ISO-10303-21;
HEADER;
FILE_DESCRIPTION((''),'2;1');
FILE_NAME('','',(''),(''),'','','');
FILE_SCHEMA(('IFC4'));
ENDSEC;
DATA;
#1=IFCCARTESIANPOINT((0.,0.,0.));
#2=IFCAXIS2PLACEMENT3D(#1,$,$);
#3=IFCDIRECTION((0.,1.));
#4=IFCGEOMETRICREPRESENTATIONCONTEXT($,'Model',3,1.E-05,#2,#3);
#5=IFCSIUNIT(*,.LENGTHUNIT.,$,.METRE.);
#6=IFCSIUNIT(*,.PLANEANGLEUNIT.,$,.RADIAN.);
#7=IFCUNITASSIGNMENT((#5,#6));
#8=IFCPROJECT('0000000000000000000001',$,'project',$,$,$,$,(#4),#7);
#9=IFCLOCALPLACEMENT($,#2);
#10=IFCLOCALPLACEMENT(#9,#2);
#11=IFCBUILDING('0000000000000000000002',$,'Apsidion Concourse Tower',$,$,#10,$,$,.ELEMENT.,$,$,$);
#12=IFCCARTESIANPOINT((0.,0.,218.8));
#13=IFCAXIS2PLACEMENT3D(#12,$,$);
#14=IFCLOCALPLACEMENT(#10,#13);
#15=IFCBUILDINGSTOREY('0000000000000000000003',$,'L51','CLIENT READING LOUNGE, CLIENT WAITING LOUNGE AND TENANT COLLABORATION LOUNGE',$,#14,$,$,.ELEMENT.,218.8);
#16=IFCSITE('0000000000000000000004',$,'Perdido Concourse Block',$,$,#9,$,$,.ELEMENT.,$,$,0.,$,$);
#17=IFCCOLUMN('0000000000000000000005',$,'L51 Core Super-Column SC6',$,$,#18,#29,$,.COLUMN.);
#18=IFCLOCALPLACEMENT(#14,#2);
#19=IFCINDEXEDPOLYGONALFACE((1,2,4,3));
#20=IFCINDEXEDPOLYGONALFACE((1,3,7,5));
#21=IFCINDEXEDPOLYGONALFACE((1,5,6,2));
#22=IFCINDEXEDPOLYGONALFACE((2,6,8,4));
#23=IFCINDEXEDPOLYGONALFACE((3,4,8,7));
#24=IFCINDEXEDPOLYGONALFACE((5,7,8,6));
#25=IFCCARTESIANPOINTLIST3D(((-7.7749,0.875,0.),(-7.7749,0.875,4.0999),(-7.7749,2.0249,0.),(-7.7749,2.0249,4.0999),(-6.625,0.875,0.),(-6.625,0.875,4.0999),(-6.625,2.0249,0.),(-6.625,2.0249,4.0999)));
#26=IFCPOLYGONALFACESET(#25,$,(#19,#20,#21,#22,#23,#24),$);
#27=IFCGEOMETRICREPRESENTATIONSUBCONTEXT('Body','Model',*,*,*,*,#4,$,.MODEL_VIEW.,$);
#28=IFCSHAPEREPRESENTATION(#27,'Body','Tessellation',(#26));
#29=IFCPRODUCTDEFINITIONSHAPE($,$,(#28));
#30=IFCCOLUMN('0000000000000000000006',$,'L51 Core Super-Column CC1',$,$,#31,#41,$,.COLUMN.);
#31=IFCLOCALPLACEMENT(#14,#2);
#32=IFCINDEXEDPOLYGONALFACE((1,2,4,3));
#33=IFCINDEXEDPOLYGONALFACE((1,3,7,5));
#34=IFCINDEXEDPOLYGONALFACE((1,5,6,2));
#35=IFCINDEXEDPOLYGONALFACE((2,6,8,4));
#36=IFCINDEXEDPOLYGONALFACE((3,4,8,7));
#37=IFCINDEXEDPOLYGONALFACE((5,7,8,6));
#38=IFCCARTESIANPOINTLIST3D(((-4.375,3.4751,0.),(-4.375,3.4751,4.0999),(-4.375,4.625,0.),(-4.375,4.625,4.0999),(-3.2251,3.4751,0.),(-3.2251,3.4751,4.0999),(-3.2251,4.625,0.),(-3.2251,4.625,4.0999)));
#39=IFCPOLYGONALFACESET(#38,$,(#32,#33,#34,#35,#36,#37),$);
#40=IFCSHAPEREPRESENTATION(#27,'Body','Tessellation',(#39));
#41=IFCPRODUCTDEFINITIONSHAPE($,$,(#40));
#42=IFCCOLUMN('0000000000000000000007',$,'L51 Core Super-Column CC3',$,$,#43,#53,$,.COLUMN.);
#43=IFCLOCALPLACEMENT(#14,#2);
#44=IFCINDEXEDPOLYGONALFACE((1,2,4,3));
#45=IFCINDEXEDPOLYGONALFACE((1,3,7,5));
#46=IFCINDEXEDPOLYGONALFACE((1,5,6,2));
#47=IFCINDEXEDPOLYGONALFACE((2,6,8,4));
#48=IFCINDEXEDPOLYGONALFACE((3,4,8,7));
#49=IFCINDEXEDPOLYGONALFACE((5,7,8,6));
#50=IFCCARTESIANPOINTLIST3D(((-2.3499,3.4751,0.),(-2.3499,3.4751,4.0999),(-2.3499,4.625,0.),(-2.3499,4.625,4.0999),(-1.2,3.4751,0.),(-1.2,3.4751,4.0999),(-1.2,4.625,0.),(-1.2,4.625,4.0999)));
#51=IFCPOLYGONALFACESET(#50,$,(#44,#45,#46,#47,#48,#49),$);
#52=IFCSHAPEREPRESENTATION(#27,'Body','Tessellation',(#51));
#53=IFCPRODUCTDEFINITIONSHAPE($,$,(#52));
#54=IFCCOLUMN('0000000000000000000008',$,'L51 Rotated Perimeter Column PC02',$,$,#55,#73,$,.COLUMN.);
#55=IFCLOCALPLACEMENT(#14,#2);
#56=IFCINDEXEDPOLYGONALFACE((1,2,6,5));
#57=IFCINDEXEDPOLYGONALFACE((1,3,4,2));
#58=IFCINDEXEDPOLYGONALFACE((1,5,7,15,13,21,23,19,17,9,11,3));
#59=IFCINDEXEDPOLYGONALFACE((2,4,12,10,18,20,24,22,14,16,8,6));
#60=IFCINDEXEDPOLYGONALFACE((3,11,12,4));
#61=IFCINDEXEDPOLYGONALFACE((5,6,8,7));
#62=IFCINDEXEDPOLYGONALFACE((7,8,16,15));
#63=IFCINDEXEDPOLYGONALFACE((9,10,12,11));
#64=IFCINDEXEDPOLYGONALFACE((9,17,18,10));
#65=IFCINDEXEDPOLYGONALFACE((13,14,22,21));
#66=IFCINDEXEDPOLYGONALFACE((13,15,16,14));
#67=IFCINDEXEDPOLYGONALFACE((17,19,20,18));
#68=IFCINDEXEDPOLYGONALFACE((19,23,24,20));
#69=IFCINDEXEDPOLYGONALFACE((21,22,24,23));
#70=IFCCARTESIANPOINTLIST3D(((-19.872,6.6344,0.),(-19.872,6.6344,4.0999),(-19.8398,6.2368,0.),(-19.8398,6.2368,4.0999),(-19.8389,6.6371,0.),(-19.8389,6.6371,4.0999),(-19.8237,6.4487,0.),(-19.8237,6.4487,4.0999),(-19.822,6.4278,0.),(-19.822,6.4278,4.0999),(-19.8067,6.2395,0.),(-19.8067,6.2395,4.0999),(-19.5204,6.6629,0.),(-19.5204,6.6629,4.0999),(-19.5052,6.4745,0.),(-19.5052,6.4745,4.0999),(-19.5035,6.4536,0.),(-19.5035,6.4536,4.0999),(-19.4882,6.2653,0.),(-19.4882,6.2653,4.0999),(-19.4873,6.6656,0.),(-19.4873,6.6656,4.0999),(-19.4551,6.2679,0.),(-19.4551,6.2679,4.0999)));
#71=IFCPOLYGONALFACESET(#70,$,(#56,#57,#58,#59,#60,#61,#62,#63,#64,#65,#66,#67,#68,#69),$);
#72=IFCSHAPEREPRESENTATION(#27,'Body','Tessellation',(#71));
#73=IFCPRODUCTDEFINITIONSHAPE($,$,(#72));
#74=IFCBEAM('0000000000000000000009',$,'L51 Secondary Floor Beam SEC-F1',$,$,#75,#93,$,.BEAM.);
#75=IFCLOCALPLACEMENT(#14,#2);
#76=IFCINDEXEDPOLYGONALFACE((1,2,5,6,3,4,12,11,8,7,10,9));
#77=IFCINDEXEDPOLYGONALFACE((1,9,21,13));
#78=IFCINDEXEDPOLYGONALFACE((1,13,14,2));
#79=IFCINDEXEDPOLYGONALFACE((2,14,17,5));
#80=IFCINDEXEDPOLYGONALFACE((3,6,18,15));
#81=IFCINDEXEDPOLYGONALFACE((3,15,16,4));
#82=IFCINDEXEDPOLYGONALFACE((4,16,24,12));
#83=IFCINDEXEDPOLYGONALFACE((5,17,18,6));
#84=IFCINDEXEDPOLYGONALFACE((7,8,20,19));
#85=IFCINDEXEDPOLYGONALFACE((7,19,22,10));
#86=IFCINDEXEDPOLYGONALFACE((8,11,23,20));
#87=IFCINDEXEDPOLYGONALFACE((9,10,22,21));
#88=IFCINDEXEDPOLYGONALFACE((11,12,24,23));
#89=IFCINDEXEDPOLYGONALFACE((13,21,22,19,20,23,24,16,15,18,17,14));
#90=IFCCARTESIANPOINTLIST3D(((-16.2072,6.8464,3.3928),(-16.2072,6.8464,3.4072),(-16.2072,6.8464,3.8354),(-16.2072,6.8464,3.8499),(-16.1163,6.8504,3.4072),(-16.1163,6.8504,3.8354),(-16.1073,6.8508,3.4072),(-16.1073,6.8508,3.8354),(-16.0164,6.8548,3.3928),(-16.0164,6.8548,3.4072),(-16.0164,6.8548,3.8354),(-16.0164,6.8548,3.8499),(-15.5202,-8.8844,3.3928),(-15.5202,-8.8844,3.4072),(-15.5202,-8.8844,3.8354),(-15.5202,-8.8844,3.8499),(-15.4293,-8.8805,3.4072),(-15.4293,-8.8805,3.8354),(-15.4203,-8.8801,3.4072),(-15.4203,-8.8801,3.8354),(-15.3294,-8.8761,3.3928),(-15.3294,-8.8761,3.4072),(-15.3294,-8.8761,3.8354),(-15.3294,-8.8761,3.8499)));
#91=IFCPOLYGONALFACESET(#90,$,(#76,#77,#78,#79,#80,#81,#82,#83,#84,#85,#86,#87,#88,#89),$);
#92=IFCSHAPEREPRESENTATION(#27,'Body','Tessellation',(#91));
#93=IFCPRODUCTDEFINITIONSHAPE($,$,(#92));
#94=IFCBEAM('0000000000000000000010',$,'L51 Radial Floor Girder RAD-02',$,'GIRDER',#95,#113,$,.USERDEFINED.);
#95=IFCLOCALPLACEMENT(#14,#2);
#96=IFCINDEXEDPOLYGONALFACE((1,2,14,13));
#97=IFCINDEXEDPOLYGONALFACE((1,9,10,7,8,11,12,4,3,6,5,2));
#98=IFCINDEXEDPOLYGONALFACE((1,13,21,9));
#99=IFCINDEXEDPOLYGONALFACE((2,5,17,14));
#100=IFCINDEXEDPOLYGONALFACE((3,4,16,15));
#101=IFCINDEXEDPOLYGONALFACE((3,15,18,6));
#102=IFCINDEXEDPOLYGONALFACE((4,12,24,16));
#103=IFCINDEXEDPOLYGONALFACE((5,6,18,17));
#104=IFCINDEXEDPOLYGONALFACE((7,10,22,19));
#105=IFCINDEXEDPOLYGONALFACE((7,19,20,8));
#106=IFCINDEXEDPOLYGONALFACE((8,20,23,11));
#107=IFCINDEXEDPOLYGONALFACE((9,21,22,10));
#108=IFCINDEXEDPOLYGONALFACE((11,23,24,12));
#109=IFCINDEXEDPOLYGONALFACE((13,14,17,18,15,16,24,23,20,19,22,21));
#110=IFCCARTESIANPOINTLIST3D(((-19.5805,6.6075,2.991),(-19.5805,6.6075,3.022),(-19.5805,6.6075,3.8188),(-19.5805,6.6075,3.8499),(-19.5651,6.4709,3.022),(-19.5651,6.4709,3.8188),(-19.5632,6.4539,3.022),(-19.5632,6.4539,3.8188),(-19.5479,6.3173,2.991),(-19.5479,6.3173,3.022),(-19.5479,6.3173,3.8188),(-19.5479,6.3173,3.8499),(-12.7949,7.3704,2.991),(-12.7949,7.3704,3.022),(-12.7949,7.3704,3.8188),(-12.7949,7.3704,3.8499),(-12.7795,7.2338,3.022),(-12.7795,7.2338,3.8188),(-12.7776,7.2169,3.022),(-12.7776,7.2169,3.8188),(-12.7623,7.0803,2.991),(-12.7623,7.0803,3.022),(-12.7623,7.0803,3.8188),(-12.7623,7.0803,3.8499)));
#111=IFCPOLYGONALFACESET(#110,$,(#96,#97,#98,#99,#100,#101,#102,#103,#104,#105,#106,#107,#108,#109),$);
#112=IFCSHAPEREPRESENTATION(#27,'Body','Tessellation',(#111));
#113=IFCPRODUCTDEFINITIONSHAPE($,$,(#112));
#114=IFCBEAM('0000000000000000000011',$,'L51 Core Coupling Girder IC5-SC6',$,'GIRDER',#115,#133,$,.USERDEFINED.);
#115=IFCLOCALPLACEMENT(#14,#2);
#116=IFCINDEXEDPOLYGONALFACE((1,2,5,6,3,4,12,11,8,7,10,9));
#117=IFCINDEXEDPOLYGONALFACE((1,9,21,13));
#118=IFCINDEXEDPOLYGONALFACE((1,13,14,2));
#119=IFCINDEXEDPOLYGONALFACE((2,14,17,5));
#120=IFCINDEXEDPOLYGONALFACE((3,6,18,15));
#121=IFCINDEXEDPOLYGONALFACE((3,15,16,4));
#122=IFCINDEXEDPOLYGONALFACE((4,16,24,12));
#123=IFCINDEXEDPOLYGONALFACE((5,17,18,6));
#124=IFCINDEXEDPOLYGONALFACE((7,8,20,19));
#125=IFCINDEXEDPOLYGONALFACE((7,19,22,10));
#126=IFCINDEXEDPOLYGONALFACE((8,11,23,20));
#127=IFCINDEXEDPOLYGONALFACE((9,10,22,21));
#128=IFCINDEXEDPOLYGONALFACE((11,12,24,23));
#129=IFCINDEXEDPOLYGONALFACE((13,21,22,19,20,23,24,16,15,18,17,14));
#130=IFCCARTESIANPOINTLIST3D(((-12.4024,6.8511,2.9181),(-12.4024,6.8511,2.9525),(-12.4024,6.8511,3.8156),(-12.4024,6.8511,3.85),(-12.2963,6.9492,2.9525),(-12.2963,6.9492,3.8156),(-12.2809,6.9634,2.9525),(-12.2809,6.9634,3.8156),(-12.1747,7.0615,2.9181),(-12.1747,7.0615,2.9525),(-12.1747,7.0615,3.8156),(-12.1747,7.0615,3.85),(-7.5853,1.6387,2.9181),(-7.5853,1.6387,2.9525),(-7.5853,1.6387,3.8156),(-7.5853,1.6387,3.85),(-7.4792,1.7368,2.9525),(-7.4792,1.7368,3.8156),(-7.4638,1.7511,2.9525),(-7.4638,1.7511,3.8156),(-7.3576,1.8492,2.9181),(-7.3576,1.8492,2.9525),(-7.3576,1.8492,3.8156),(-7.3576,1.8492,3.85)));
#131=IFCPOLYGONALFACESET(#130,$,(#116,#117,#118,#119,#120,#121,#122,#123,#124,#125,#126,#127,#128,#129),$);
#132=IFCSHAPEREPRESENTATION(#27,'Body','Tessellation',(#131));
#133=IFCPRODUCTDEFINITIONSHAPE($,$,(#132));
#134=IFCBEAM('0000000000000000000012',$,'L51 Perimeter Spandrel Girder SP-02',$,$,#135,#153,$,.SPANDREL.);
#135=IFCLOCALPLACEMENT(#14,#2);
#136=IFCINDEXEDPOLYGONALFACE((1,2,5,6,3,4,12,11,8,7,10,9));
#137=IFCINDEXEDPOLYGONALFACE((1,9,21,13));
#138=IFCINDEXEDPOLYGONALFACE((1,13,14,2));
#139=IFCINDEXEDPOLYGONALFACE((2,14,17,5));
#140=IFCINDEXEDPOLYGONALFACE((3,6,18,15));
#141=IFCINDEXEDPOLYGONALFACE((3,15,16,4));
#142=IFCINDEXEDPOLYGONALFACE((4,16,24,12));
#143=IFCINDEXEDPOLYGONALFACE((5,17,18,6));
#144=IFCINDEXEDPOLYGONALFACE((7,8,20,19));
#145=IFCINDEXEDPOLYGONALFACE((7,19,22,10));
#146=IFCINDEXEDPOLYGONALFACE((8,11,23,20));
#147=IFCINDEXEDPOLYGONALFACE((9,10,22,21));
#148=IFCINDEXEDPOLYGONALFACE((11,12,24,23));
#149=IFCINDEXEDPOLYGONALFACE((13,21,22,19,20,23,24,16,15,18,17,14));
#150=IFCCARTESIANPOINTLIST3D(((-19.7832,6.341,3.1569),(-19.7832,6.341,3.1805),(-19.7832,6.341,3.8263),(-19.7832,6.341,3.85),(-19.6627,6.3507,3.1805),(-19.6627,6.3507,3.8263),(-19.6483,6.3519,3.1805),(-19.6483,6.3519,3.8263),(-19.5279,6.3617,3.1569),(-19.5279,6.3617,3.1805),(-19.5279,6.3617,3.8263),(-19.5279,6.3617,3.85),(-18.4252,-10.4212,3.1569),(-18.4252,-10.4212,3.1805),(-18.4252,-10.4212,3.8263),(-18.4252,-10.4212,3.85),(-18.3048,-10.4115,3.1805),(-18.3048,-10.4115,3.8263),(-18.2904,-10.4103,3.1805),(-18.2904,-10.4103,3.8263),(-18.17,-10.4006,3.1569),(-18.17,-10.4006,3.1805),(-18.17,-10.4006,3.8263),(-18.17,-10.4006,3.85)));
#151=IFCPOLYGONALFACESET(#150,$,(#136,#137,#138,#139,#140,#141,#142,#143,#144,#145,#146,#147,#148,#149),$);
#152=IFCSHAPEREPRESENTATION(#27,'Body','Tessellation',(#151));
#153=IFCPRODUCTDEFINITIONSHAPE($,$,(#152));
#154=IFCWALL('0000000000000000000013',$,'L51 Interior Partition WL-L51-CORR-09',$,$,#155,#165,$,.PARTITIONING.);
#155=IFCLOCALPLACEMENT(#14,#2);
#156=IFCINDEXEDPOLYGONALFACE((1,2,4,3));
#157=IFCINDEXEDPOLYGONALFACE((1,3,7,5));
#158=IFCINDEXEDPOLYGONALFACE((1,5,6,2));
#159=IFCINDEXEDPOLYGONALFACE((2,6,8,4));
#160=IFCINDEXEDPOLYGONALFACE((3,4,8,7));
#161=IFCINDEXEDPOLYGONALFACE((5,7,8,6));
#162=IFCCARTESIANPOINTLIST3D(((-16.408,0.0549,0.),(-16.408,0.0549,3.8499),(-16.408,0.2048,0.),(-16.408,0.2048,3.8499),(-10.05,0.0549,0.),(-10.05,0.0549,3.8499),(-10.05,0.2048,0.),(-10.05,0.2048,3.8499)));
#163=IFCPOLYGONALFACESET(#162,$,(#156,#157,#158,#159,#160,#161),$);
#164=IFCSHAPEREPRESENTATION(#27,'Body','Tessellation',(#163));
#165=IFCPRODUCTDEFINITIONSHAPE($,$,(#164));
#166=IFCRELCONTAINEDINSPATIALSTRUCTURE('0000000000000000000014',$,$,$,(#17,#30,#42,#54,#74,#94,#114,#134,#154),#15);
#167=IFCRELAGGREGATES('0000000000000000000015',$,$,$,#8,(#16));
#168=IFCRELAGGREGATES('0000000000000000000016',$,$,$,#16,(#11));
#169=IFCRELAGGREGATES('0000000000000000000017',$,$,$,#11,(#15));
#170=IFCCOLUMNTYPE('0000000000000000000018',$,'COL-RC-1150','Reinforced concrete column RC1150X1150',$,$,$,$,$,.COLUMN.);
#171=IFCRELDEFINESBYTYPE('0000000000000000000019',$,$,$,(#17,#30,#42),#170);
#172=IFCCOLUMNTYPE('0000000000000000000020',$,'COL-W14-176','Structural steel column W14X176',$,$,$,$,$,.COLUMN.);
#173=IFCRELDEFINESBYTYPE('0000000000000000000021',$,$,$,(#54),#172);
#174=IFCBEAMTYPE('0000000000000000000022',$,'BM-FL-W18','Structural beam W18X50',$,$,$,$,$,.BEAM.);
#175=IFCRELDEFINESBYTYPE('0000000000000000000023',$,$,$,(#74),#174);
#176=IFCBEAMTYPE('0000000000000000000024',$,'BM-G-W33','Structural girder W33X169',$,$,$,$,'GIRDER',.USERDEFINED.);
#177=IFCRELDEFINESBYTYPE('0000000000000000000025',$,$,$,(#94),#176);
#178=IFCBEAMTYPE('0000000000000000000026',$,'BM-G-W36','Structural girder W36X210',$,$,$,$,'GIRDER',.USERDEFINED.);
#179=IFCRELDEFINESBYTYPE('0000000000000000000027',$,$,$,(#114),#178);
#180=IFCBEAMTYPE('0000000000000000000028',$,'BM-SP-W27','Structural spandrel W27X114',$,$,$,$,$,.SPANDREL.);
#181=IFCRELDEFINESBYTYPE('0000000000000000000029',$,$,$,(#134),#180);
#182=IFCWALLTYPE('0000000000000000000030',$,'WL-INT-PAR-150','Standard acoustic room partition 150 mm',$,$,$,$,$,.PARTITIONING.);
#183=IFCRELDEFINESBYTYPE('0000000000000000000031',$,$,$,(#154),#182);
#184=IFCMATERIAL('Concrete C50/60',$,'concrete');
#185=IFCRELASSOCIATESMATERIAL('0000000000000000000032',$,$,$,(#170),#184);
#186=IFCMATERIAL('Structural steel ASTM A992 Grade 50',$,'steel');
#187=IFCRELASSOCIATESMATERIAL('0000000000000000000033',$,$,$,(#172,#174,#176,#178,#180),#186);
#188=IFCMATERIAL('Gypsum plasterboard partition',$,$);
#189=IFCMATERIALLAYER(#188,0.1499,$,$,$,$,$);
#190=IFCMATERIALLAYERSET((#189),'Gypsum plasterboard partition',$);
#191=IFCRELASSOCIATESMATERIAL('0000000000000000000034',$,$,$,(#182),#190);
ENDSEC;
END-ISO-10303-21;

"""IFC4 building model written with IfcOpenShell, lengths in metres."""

from ifc_helpers import new_model, si_unit, direction, frame, frame_2d, origin, origin_2d, place, context, subcontext, project, spatial, rectangle, i_section, extrude, material, layer, layer_set, material_profile, profile_set, type_object, element, save


model = new_model("IFC4")

# Units and contexts
model_context = context("Model", 3, precision=1e-05, world=origin(), true_north=direction((0.0, 1.0)))
body_context = subcontext(model_context, "Body", "Model", "MODEL_VIEW")
ifc_project = project(units=[si_unit("LENGTHUNIT", "METRE"), si_unit("PLANEANGLEUNIT", "RADIAN")], contexts=[model_context])

# Site, building, storey
site_placement = place(None, origin())
site = spatial("IfcSite", under=ifc_project, at=site_placement, Name="Perdido Concourse Block", CompositionType="ELEMENT", RefElevation=0.0)
building_placement = place(site_placement, origin())
building = spatial("IfcBuilding", under=site, at=building_placement, Name="Apsidion Concourse Tower", CompositionType="ELEMENT")
storey_placement = place(building_placement, frame((0.0, 0.0, 218.8)))
storey = spatial("IfcBuildingStorey", under=building, at=storey_placement, Name="L51", Description="CLIENT READING LOUNGE, CLIENT WAITING LOUNGE AND TENANT COLLABORATION LOUNGE", CompositionType="ELEMENT", Elevation=218.8)

# Columns
ifc_material_1 = material(Name="Concrete C50/60", Category="concrete")
ifc_material_profile_1 = material_profile(ifc_material_1, rectangle(XDim=1.1499, YDim=1.1499, at=origin_2d()), Name="RC 1150x1150")
ifc_profile_set_1 = profile_set([ifc_material_profile_1], Name="Concrete C50/60")
column_type_1 = type_object("IfcColumnType", Name="COL-RC-1150", Description="Reinforced concrete column RC1150X1150", PredefinedType="COLUMN", material=ifc_profile_set_1)
for number, where, z_axis, x_axis, name in (
    (1, (-7.2, 1.45, 0.0), (0.0, 0.0, 1.0), (1.0, 0.0, 0.0), "L51 Core Super-Column SC6"),
    (2, (-3.8, 4.05, 0.0), (0.0, 0.0, 1.0), (1.0, 0.0, 0.0), "L51 Core Super-Column CC1"),
    (3, (-1.7749, 4.05, 0.0), (0.0, 0.0, 1.0), (1.0, 0.0, 0.0), "L51 Core Super-Column CC3"),
):
    element("IfcColumn", number, at=place(storey_placement, frame(where, z_axis=z_axis, x_axis=x_axis)), inside=storey, type_object=column_type_1, Name=name, PredefinedType="COLUMN", context=body_context, shape_type="SweptSolid", body=[
        extrude(rectangle(XDim=1.1499, YDim=1.1499, at=origin_2d()), origin(), (0.0, 0.0, 1.0), 4.0999),
    ])
ifc_material_2 = material(Name="Structural steel ASTM A992 Grade 50", Category="steel")
ifc_material_profile_2 = material_profile(ifc_material_2, i_section(OverallWidth=0.3989, OverallDepth=0.386, WebThickness=0.021, FlangeThickness=0.0332, at=origin_2d()), Name="W14X176")
ifc_profile_set_2 = profile_set([ifc_material_profile_2], Name="Structural steel ASTM A992 Grade 50")
column_type_2 = type_object("IfcColumnType", Name="COL-W14-176", Description="Structural steel column W14X176", PredefinedType="COLUMN", material=ifc_profile_set_2)
column_placement = place(storey_placement, frame((-19.6636, 6.4512, 0.0), z_axis=(0.0, 0.0, 1.0), x_axis=(-0.080721, 0.996737, 0.0)))
element("IfcColumn", 4, at=column_placement, inside=storey, type_object=column_type_2, Name="L51 Rotated Perimeter Column PC02", PredefinedType="COLUMN", context=body_context, shape_type="SweptSolid", body=[
    extrude(i_section(OverallWidth=0.3989, OverallDepth=0.386, WebThickness=0.021, FlangeThickness=0.0332, at=origin_2d()), origin(), (0.0, 0.0, 1.0), 4.0999),
])

# Beams
ifc_material_profile_3 = material_profile(ifc_material_2, i_section(OverallWidth=0.1909, OverallDepth=0.457, WebThickness=0.009, FlangeThickness=0.0144, at=origin_2d()), Name="W18X50")
ifc_profile_set_3 = profile_set([ifc_material_profile_3], Name="Structural steel ASTM A992 Grade 50")
beam_type_1 = type_object("IfcBeamType", Name="BM-FL-W18", Description="Structural beam W18X50", PredefinedType="BEAM", material=ifc_profile_set_3)
beam_1_placement = place(storey_placement, frame((-16.1118, 6.8506, 3.6213), z_axis=(0.043631, -0.999048, 0.0), x_axis=(0.999048, 0.043631, 0.0)))
element("IfcBeam", 5, at=beam_1_placement, inside=storey, type_object=beam_type_1, Name="L51 Secondary Floor Beam SEC-F1", PredefinedType="BEAM", context=body_context, shape_type="SweptSolid", body=[
    extrude(i_section(OverallWidth=0.1909, OverallDepth=0.457, WebThickness=0.009, FlangeThickness=0.0144, at=origin_2d()), origin(), (0.0, 0.0, 1.0), 15.7458),
])
ifc_material_profile_4 = material_profile(ifc_material_2, i_section(OverallWidth=0.292, OverallDepth=0.8589, WebThickness=0.0171, FlangeThickness=0.031, at=origin_2d()), Name="W33X169")
ifc_profile_set_4 = profile_set([ifc_material_profile_4], Name="Structural steel ASTM A992 Grade 50")
beam_type_2 = type_object("IfcBeamType", Name="BM-G-W33", Description="Structural girder W33X169", ElementType="GIRDER", PredefinedType="USERDEFINED", material=ifc_profile_set_4)
beam_2_placement = place(storey_placement, frame((-12.7786, 7.2253, 3.4204), z_axis=(-0.993739, -0.11173, 0.0), x_axis=(0.11173, -0.993739, 0.0)))
element("IfcBeam", 6, at=beam_2_placement, inside=storey, type_object=beam_type_2, Name="L51 Radial Floor Girder RAD-02", ObjectType="GIRDER", PredefinedType="USERDEFINED", context=body_context, shape_type="SweptSolid", body=[
    extrude(i_section(OverallWidth=0.292, OverallDepth=0.8589, WebThickness=0.0171, FlangeThickness=0.031, at=origin_2d()), origin(), (0.0, 0.0, 1.0), 6.8284),
])
ifc_material_profile_5 = material_profile(ifc_material_2, i_section(OverallWidth=0.3101, OverallDepth=0.9319, WebThickness=0.021, FlangeThickness=0.0344, at=origin_2d()), Name="W36X210")
ifc_profile_set_5 = profile_set([ifc_material_profile_5], Name="Structural steel ASTM A992 Grade 50")
beam_type_3 = type_object("IfcBeamType", Name="BM-G-W36", Description="Structural girder W36X210", ElementType="GIRDER", PredefinedType="USERDEFINED", material=ifc_profile_set_5)
beam_3_placement = place(storey_placement, frame((-12.2886, 6.9563, 3.384), z_axis=(0.678713, -0.734404, 0.0), x_axis=(0.734404, 0.678713, 0.0)))
element("IfcBeam", 7, at=beam_3_placement, inside=storey, type_object=beam_type_3, Name="L51 Core Coupling Girder IC5-SC6", ObjectType="GIRDER", PredefinedType="USERDEFINED", context=body_context, shape_type="SweptSolid", body=[
    extrude(i_section(OverallWidth=0.3101, OverallDepth=0.9319, WebThickness=0.021, FlangeThickness=0.0344, at=origin_2d()), origin(), (0.0, 0.0, 1.0), 7.0974),
])
ifc_material_profile_6 = material_profile(ifc_material_2, i_section(OverallWidth=0.2561, OverallDepth=0.6931, WebThickness=0.0144, FlangeThickness=0.0237, at=origin_2d()), Name="W27X114")
ifc_profile_set_6 = profile_set([ifc_material_profile_6], Name="Structural steel ASTM A992 Grade 50")
beam_type_4 = type_object("IfcBeamType", Name="BM-SP-W27", Description="Structural spandrel W27X114", PredefinedType="SPANDREL", material=ifc_profile_set_6)
beam_4_placement = place(storey_placement, frame((-19.6555, 6.3513, 3.5034), z_axis=(0.080746, -0.996735, 0.0), x_axis=(0.996735, 0.080746, 0.0)))
element("IfcBeam", 8, at=beam_4_placement, inside=storey, type_object=beam_type_4, Name="L51 Perimeter Spandrel Girder SP-02", PredefinedType="SPANDREL", context=body_context, shape_type="SweptSolid", body=[
    extrude(i_section(OverallWidth=0.2561, OverallDepth=0.6931, WebThickness=0.0144, FlangeThickness=0.0237, at=origin_2d()), origin(), (0.0, 0.0, 1.0), 16.8171),
])

# Wall
ifc_material_3 = material(Name="Gypsum plasterboard partition")
ifc_layer_1 = layer(ifc_material_3, 0.1499)
ifc_layer_set_1 = layer_set([ifc_layer_1], Name="Gypsum plasterboard partition")
wall_type_1 = type_object("IfcWallType", Name="WL-INT-PAR-150", Description="Standard acoustic room partition 150 mm", PredefinedType="PARTITIONING", material=ifc_layer_set_1)
wall_1_placement = place(storey_placement, frame((-16.408, 0.1299, 0.0), z_axis=(0.0, 0.0, 1.0), x_axis=(1.0, 0.0, 0.0)))
element("IfcWall", 9, at=wall_1_placement, inside=storey, type_object=wall_type_1, Name="L51 Interior Partition WL-L51-CORR-09", PredefinedType="PARTITIONING", context=body_context, shape_type="SweptSolid", body=[
    extrude(rectangle(XDim=6.3579, YDim=0.1499, at=frame_2d((3.179, 0.0))), origin(), (0.0, 0.0, 1.0), 3.8499),
])

save(model, "model.ifc")
